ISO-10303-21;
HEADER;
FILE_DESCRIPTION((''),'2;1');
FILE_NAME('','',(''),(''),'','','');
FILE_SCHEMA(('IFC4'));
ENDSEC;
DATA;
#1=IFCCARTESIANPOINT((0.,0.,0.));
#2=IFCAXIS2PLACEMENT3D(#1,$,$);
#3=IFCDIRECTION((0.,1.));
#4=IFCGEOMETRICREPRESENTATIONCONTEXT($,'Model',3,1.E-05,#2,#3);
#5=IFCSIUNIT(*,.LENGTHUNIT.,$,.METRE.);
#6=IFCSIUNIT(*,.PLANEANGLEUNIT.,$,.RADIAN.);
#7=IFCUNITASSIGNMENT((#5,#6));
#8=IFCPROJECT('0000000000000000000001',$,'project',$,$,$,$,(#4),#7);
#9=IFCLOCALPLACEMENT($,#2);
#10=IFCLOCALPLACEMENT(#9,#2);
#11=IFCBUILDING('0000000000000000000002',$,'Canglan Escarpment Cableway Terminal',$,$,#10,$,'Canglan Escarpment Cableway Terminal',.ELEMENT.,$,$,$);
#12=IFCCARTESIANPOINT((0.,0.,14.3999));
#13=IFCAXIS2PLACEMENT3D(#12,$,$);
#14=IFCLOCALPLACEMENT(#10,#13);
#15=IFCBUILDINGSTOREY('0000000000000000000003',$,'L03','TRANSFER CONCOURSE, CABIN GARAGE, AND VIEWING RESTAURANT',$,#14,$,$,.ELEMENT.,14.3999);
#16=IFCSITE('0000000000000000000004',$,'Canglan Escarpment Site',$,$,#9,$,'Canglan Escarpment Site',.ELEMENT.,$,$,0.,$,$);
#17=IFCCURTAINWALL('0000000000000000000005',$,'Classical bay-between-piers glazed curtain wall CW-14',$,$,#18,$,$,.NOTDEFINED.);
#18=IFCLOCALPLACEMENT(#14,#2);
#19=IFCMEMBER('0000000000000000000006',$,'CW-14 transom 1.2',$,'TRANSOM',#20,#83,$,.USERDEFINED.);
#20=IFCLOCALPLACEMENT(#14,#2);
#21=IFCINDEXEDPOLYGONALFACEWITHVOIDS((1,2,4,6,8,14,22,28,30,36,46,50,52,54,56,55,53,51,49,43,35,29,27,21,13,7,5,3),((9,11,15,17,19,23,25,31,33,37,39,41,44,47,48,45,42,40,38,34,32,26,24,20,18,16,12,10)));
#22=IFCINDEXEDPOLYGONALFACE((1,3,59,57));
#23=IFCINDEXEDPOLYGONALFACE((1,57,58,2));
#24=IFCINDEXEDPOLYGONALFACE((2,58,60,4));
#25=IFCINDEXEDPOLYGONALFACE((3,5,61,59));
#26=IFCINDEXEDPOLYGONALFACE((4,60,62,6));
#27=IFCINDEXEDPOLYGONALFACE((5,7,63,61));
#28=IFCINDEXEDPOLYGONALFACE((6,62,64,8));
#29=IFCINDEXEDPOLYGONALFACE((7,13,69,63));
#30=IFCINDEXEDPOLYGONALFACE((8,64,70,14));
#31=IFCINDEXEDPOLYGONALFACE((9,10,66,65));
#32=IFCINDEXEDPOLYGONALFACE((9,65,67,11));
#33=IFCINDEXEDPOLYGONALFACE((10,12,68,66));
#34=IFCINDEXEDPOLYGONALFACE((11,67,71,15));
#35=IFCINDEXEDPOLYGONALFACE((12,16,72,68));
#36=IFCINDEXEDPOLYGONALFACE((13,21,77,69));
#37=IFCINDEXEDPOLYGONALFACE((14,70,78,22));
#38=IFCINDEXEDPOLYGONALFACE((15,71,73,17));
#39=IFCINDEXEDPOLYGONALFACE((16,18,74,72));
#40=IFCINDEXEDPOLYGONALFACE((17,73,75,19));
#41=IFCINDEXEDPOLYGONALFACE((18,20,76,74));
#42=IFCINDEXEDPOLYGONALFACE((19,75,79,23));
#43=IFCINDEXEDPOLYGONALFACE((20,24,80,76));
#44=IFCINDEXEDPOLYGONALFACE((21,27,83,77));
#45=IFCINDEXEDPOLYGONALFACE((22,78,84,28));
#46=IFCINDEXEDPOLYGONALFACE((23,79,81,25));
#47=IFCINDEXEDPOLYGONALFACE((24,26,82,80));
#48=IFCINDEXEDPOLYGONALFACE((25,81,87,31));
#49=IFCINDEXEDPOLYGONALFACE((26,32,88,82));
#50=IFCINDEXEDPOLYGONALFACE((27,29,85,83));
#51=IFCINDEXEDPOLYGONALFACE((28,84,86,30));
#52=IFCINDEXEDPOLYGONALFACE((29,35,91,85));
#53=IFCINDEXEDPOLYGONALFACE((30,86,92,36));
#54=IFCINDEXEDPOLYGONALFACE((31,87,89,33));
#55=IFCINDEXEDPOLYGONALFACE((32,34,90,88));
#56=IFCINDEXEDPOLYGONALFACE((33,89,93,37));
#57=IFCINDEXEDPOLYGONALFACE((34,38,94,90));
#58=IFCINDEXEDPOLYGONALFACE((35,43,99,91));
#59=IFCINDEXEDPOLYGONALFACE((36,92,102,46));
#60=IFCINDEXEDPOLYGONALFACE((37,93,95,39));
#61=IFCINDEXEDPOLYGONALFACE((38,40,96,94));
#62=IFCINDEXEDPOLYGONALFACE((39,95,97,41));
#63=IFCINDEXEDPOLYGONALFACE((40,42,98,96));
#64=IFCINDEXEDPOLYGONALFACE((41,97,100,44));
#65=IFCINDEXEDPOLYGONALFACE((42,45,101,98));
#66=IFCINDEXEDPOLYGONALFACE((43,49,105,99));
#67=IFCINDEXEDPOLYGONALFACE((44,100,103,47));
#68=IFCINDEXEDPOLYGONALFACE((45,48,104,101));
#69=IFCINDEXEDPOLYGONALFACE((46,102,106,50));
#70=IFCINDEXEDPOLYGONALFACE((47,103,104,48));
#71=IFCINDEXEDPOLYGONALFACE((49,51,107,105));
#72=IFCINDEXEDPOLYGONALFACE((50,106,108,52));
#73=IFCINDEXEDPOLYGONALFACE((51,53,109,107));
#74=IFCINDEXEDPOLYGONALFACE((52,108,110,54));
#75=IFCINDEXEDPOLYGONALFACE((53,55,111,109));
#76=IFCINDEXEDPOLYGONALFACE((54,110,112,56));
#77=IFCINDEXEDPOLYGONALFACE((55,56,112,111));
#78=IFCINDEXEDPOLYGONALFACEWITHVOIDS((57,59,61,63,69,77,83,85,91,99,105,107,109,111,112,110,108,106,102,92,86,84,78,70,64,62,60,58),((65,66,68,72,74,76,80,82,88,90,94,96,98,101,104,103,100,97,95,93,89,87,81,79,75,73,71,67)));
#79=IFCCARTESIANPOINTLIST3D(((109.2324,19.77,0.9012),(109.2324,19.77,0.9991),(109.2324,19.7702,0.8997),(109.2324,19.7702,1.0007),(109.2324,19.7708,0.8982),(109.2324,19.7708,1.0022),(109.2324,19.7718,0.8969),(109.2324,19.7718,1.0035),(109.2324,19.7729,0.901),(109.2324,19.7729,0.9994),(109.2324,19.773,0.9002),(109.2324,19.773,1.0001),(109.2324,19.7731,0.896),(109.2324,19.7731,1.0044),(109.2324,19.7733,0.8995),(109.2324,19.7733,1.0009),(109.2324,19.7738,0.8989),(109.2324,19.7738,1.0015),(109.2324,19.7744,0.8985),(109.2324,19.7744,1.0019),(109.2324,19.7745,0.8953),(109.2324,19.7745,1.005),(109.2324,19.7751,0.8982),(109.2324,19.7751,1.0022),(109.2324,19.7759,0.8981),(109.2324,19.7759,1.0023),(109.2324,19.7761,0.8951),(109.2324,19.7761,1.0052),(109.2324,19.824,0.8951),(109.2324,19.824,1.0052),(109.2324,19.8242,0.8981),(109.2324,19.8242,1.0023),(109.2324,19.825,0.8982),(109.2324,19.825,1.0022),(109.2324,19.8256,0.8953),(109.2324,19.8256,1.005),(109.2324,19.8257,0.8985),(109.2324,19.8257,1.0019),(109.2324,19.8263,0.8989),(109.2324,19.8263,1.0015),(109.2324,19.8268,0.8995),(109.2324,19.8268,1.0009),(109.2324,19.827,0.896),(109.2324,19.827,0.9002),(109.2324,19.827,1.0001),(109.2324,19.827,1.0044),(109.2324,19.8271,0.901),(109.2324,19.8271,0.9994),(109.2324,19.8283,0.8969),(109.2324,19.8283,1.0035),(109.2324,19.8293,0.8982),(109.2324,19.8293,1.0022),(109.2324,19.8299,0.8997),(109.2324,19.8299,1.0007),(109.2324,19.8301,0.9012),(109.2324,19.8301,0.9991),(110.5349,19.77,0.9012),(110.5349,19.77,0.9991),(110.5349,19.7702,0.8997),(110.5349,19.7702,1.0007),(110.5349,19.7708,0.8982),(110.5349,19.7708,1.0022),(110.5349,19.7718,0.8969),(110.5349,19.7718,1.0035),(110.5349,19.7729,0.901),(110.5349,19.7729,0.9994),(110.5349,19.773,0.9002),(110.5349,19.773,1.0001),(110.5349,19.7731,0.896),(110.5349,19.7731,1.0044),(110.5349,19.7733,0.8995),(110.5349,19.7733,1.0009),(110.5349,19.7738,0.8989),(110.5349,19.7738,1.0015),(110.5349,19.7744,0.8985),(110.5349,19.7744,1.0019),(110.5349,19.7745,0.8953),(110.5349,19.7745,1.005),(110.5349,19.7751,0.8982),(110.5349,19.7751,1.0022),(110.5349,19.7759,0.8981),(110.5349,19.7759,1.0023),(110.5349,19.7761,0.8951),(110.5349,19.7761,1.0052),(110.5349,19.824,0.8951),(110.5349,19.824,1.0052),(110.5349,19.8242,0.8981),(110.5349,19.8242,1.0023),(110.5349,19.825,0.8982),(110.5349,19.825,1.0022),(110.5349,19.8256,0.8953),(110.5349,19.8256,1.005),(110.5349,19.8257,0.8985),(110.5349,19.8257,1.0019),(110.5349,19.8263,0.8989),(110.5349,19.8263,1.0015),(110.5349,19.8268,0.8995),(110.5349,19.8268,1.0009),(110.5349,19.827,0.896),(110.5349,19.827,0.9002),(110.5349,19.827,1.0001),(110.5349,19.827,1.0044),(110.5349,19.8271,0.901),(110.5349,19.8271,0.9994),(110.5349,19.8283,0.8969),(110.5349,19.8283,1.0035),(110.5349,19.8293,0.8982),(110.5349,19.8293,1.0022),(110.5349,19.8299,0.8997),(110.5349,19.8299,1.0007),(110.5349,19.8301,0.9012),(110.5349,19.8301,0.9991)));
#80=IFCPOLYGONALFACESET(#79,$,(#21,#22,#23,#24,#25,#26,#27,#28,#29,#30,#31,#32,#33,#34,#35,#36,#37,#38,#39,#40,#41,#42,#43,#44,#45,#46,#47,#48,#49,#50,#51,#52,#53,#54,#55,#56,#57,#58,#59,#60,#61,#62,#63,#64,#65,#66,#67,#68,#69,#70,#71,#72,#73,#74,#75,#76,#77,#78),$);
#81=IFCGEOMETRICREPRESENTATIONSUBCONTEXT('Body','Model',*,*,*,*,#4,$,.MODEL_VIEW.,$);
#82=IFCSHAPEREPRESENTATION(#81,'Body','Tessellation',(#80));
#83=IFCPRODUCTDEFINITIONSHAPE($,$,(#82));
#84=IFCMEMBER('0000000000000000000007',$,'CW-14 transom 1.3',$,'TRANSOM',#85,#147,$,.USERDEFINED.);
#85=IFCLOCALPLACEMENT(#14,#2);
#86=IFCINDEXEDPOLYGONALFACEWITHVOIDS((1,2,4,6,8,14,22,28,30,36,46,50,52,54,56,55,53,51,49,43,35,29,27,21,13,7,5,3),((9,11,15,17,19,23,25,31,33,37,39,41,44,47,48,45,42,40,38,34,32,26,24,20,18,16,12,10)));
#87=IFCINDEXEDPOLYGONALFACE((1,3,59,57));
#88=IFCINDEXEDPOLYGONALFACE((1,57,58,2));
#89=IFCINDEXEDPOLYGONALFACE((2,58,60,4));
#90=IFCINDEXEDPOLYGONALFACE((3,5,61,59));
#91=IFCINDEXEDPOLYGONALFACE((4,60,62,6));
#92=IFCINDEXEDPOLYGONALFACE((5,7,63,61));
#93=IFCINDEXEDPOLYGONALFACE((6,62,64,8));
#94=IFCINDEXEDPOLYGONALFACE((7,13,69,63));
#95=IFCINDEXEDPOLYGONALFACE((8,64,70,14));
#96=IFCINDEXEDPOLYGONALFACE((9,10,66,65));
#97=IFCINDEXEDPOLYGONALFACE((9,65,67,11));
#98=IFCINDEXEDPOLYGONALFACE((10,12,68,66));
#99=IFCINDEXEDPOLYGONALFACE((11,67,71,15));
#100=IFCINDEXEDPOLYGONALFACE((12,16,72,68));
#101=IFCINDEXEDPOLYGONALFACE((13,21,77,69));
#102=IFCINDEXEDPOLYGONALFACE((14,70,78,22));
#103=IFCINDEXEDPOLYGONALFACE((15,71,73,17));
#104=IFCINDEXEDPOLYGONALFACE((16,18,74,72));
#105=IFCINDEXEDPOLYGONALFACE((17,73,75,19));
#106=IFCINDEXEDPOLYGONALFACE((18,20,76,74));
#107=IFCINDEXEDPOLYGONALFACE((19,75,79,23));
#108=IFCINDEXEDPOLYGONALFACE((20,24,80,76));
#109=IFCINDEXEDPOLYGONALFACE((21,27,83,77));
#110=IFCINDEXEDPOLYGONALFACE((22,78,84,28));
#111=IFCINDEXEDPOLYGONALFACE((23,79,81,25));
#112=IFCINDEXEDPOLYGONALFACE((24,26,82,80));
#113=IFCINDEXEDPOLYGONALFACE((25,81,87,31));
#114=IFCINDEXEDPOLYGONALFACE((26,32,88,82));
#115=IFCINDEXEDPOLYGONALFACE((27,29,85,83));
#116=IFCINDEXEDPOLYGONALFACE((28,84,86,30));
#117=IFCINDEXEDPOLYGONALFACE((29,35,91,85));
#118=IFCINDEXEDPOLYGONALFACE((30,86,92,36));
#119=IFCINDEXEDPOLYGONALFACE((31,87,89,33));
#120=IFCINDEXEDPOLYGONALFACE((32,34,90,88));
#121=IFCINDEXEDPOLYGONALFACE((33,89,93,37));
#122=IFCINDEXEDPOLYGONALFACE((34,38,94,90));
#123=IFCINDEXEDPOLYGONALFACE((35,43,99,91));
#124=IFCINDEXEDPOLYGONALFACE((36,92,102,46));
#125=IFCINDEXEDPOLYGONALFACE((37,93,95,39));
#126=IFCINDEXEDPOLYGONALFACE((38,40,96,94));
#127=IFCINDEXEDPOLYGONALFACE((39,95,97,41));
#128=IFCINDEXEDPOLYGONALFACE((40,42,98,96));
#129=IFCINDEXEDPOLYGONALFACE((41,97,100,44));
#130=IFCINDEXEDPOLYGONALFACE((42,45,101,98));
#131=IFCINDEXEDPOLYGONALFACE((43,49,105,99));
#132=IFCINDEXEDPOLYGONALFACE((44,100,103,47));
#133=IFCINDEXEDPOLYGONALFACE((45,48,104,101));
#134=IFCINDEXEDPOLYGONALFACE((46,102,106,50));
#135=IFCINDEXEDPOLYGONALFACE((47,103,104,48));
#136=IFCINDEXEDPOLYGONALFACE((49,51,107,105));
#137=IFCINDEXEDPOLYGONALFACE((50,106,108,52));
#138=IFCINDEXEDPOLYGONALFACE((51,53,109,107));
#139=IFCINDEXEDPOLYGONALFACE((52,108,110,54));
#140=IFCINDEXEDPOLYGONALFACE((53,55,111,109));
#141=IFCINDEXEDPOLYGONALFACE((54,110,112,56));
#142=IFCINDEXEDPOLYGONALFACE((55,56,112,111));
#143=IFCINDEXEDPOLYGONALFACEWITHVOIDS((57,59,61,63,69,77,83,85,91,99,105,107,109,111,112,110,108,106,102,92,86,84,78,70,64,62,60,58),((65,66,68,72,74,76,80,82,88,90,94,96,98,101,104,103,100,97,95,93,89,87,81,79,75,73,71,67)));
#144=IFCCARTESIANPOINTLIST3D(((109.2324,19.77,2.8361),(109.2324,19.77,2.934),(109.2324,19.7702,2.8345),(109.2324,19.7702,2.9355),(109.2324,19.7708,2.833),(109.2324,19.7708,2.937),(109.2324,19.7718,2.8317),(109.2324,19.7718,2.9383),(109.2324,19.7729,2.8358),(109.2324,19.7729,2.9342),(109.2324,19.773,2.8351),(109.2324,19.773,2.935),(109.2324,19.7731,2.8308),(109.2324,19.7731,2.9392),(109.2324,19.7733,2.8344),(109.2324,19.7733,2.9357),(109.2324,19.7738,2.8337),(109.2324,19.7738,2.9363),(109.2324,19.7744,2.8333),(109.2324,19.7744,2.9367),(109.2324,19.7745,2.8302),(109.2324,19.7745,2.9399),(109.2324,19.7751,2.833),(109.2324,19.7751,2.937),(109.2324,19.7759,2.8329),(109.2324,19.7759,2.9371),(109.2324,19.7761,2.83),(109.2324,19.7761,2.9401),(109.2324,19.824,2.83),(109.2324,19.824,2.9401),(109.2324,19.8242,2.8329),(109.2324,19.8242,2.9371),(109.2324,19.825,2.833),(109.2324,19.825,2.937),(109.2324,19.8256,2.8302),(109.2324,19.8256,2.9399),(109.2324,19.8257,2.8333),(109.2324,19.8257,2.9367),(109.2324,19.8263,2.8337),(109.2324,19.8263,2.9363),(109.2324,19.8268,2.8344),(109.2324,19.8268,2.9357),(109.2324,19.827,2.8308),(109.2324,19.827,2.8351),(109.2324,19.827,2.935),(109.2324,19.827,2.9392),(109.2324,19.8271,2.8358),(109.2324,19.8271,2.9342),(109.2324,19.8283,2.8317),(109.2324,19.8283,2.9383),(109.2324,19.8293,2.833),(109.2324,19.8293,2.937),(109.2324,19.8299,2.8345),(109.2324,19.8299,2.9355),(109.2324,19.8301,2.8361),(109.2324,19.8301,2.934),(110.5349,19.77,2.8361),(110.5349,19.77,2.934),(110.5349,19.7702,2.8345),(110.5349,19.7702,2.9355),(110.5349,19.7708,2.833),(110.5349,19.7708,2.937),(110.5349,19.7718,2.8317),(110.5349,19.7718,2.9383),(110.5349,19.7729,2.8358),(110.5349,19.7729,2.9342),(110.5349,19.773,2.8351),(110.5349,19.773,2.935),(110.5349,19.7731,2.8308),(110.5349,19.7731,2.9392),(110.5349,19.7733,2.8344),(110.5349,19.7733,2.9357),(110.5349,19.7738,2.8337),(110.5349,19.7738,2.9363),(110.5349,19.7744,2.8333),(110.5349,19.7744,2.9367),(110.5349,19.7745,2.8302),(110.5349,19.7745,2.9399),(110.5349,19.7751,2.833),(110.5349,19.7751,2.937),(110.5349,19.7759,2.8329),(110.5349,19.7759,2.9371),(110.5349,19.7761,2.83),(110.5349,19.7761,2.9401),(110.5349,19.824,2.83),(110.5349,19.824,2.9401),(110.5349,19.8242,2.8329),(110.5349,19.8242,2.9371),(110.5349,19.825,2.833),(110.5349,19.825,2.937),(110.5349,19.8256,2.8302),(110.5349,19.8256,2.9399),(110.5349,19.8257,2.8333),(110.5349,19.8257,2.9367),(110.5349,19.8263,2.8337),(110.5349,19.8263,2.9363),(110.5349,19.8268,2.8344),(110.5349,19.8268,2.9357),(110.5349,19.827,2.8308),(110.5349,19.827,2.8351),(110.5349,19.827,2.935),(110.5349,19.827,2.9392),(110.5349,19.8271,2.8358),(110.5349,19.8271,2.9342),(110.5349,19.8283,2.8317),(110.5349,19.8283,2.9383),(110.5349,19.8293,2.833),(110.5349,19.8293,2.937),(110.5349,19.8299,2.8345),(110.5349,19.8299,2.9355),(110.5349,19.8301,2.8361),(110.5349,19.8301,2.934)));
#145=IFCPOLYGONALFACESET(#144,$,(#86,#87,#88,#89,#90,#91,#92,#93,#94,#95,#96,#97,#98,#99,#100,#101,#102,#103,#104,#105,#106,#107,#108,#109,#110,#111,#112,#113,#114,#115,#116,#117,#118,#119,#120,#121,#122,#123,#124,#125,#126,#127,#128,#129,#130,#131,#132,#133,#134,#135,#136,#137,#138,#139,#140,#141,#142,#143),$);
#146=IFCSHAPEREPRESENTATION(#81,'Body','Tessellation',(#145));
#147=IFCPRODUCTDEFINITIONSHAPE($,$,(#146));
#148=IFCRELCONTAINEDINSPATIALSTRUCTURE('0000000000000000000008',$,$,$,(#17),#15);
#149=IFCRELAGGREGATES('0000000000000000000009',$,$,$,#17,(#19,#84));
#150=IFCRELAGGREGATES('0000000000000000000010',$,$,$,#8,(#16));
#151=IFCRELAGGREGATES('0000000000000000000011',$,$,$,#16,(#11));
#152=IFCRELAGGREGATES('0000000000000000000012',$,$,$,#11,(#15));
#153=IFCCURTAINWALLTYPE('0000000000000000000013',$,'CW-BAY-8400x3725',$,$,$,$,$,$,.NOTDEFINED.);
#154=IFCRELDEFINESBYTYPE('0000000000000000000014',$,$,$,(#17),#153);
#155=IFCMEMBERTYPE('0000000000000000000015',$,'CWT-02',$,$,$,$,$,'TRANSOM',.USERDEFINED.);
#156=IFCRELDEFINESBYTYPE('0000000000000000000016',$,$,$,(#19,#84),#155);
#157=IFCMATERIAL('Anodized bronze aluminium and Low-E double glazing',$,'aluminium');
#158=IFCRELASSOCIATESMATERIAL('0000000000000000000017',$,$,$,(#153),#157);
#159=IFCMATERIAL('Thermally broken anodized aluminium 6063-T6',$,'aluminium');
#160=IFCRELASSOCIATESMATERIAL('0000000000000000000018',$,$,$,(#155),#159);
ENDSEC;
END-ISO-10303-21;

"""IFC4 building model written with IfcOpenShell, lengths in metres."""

from ifc_helpers import new_model, si_unit, direction, frame, origin, origin_2d, place, context, subcontext, project, spatial, hollow_rectangle, extrude, material, material_profile, profile_set, type_object, element, aggregate, save


model = new_model("IFC4")

# Units and contexts
model_context = context("Model", 3, precision=1e-05, world=origin(), true_north=direction((0.0, 1.0)))
body_context = subcontext(model_context, "Body", "Model", "MODEL_VIEW")
ifc_project = project(units=[si_unit("LENGTHUNIT", "METRE"), si_unit("PLANEANGLEUNIT", "RADIAN")], contexts=[model_context])

# Site, building, storey
site_placement = place(None, origin())
site = spatial("IfcSite", under=ifc_project, at=site_placement, Name="Canglan Escarpment Site", LongName="Canglan Escarpment Site", CompositionType="ELEMENT", RefElevation=0.0)
building_placement = place(site_placement, origin())
building = spatial("IfcBuilding", under=site, at=building_placement, Name="Canglan Escarpment Cableway Terminal", LongName="Canglan Escarpment Cableway Terminal", CompositionType="ELEMENT")
storey_placement = place(building_placement, frame((0.0, 0.0, 14.3999)))
storey = spatial("IfcBuildingStorey", under=building, at=storey_placement, Name="L03", Description="TRANSFER CONCOURSE, CABIN GARAGE, AND VIEWING RESTAURANT", CompositionType="ELEMENT", Elevation=14.3999)

# Curtain wall, members
ifc_material_1 = material(Name="Anodized bronze aluminium and Low-E double glazing", Category="aluminium")
curtain_wall_type = type_object("IfcCurtainWallType", Name="CW-BAY-8400x3725", PredefinedType="NOTDEFINED", material=ifc_material_1)
curtain_wall_placement = place(storey_placement, origin())
curtain_wall = element("IfcCurtainWall", 1, at=curtain_wall_placement, inside=storey, type_object=curtain_wall_type, Name="Classical bay-between-piers glazed curtain wall CW-14", PredefinedType="NOTDEFINED")
ifc_material_2 = material(Name="Thermally broken anodized aluminium 6063-T6", Category="aluminium")
ifc_material_profile_1 = material_profile(ifc_material_2, hollow_rectangle(XDim=0.0601, YDim=0.1101, WallThickness=0.0029, InnerFilletRadius=0.0029, OuterFilletRadius=0.0061, at=origin_2d()), Name="ALU-TRAN 60x110x3")
ifc_profile_set_1 = profile_set([ifc_material_profile_1], Name="Thermally broken anodized aluminium 6063-T6")
member_type_1 = type_object("IfcMemberType", Name="CWT-02", ElementType="TRANSOM", PredefinedType="USERDEFINED", material=ifc_profile_set_1)
member_1_placement = place(storey_placement, frame((110.5349, 19.8, 0.9502), z_axis=(-1.0, 0.0, 0.0), x_axis=(0.0, -1.0, 0.0)))
member_1 = element("IfcMember", 2, at=member_1_placement, type_object=member_type_1, Name="CW-14 transom 1.2", ObjectType="TRANSOM", PredefinedType="USERDEFINED", context=body_context, shape_type="SweptSolid", body=[
    extrude(hollow_rectangle(XDim=0.0601, YDim=0.1101, WallThickness=0.0029, InnerFilletRadius=0.0029, OuterFilletRadius=0.0061, at=origin_2d()), origin(), (0.0, 0.0, 1.0), 1.3025),
])
member_2_placement = place(storey_placement, frame((110.5349, 19.8, 2.885), z_axis=(-1.0, 0.0, 0.0), x_axis=(0.0, -1.0, 0.0)))
member_2 = element("IfcMember", 3, at=member_2_placement, type_object=member_type_1, Name="CW-14 transom 1.3", ObjectType="TRANSOM", PredefinedType="USERDEFINED", context=body_context, shape_type="SweptSolid", body=[
    extrude(hollow_rectangle(XDim=0.0601, YDim=0.1101, WallThickness=0.0029, InnerFilletRadius=0.0029, OuterFilletRadius=0.0061, at=origin_2d()), origin(), (0.0, 0.0, 1.0), 1.3025),
])
aggregate(curtain_wall, [member_1, member_2])

save(model, "model.ifc")
